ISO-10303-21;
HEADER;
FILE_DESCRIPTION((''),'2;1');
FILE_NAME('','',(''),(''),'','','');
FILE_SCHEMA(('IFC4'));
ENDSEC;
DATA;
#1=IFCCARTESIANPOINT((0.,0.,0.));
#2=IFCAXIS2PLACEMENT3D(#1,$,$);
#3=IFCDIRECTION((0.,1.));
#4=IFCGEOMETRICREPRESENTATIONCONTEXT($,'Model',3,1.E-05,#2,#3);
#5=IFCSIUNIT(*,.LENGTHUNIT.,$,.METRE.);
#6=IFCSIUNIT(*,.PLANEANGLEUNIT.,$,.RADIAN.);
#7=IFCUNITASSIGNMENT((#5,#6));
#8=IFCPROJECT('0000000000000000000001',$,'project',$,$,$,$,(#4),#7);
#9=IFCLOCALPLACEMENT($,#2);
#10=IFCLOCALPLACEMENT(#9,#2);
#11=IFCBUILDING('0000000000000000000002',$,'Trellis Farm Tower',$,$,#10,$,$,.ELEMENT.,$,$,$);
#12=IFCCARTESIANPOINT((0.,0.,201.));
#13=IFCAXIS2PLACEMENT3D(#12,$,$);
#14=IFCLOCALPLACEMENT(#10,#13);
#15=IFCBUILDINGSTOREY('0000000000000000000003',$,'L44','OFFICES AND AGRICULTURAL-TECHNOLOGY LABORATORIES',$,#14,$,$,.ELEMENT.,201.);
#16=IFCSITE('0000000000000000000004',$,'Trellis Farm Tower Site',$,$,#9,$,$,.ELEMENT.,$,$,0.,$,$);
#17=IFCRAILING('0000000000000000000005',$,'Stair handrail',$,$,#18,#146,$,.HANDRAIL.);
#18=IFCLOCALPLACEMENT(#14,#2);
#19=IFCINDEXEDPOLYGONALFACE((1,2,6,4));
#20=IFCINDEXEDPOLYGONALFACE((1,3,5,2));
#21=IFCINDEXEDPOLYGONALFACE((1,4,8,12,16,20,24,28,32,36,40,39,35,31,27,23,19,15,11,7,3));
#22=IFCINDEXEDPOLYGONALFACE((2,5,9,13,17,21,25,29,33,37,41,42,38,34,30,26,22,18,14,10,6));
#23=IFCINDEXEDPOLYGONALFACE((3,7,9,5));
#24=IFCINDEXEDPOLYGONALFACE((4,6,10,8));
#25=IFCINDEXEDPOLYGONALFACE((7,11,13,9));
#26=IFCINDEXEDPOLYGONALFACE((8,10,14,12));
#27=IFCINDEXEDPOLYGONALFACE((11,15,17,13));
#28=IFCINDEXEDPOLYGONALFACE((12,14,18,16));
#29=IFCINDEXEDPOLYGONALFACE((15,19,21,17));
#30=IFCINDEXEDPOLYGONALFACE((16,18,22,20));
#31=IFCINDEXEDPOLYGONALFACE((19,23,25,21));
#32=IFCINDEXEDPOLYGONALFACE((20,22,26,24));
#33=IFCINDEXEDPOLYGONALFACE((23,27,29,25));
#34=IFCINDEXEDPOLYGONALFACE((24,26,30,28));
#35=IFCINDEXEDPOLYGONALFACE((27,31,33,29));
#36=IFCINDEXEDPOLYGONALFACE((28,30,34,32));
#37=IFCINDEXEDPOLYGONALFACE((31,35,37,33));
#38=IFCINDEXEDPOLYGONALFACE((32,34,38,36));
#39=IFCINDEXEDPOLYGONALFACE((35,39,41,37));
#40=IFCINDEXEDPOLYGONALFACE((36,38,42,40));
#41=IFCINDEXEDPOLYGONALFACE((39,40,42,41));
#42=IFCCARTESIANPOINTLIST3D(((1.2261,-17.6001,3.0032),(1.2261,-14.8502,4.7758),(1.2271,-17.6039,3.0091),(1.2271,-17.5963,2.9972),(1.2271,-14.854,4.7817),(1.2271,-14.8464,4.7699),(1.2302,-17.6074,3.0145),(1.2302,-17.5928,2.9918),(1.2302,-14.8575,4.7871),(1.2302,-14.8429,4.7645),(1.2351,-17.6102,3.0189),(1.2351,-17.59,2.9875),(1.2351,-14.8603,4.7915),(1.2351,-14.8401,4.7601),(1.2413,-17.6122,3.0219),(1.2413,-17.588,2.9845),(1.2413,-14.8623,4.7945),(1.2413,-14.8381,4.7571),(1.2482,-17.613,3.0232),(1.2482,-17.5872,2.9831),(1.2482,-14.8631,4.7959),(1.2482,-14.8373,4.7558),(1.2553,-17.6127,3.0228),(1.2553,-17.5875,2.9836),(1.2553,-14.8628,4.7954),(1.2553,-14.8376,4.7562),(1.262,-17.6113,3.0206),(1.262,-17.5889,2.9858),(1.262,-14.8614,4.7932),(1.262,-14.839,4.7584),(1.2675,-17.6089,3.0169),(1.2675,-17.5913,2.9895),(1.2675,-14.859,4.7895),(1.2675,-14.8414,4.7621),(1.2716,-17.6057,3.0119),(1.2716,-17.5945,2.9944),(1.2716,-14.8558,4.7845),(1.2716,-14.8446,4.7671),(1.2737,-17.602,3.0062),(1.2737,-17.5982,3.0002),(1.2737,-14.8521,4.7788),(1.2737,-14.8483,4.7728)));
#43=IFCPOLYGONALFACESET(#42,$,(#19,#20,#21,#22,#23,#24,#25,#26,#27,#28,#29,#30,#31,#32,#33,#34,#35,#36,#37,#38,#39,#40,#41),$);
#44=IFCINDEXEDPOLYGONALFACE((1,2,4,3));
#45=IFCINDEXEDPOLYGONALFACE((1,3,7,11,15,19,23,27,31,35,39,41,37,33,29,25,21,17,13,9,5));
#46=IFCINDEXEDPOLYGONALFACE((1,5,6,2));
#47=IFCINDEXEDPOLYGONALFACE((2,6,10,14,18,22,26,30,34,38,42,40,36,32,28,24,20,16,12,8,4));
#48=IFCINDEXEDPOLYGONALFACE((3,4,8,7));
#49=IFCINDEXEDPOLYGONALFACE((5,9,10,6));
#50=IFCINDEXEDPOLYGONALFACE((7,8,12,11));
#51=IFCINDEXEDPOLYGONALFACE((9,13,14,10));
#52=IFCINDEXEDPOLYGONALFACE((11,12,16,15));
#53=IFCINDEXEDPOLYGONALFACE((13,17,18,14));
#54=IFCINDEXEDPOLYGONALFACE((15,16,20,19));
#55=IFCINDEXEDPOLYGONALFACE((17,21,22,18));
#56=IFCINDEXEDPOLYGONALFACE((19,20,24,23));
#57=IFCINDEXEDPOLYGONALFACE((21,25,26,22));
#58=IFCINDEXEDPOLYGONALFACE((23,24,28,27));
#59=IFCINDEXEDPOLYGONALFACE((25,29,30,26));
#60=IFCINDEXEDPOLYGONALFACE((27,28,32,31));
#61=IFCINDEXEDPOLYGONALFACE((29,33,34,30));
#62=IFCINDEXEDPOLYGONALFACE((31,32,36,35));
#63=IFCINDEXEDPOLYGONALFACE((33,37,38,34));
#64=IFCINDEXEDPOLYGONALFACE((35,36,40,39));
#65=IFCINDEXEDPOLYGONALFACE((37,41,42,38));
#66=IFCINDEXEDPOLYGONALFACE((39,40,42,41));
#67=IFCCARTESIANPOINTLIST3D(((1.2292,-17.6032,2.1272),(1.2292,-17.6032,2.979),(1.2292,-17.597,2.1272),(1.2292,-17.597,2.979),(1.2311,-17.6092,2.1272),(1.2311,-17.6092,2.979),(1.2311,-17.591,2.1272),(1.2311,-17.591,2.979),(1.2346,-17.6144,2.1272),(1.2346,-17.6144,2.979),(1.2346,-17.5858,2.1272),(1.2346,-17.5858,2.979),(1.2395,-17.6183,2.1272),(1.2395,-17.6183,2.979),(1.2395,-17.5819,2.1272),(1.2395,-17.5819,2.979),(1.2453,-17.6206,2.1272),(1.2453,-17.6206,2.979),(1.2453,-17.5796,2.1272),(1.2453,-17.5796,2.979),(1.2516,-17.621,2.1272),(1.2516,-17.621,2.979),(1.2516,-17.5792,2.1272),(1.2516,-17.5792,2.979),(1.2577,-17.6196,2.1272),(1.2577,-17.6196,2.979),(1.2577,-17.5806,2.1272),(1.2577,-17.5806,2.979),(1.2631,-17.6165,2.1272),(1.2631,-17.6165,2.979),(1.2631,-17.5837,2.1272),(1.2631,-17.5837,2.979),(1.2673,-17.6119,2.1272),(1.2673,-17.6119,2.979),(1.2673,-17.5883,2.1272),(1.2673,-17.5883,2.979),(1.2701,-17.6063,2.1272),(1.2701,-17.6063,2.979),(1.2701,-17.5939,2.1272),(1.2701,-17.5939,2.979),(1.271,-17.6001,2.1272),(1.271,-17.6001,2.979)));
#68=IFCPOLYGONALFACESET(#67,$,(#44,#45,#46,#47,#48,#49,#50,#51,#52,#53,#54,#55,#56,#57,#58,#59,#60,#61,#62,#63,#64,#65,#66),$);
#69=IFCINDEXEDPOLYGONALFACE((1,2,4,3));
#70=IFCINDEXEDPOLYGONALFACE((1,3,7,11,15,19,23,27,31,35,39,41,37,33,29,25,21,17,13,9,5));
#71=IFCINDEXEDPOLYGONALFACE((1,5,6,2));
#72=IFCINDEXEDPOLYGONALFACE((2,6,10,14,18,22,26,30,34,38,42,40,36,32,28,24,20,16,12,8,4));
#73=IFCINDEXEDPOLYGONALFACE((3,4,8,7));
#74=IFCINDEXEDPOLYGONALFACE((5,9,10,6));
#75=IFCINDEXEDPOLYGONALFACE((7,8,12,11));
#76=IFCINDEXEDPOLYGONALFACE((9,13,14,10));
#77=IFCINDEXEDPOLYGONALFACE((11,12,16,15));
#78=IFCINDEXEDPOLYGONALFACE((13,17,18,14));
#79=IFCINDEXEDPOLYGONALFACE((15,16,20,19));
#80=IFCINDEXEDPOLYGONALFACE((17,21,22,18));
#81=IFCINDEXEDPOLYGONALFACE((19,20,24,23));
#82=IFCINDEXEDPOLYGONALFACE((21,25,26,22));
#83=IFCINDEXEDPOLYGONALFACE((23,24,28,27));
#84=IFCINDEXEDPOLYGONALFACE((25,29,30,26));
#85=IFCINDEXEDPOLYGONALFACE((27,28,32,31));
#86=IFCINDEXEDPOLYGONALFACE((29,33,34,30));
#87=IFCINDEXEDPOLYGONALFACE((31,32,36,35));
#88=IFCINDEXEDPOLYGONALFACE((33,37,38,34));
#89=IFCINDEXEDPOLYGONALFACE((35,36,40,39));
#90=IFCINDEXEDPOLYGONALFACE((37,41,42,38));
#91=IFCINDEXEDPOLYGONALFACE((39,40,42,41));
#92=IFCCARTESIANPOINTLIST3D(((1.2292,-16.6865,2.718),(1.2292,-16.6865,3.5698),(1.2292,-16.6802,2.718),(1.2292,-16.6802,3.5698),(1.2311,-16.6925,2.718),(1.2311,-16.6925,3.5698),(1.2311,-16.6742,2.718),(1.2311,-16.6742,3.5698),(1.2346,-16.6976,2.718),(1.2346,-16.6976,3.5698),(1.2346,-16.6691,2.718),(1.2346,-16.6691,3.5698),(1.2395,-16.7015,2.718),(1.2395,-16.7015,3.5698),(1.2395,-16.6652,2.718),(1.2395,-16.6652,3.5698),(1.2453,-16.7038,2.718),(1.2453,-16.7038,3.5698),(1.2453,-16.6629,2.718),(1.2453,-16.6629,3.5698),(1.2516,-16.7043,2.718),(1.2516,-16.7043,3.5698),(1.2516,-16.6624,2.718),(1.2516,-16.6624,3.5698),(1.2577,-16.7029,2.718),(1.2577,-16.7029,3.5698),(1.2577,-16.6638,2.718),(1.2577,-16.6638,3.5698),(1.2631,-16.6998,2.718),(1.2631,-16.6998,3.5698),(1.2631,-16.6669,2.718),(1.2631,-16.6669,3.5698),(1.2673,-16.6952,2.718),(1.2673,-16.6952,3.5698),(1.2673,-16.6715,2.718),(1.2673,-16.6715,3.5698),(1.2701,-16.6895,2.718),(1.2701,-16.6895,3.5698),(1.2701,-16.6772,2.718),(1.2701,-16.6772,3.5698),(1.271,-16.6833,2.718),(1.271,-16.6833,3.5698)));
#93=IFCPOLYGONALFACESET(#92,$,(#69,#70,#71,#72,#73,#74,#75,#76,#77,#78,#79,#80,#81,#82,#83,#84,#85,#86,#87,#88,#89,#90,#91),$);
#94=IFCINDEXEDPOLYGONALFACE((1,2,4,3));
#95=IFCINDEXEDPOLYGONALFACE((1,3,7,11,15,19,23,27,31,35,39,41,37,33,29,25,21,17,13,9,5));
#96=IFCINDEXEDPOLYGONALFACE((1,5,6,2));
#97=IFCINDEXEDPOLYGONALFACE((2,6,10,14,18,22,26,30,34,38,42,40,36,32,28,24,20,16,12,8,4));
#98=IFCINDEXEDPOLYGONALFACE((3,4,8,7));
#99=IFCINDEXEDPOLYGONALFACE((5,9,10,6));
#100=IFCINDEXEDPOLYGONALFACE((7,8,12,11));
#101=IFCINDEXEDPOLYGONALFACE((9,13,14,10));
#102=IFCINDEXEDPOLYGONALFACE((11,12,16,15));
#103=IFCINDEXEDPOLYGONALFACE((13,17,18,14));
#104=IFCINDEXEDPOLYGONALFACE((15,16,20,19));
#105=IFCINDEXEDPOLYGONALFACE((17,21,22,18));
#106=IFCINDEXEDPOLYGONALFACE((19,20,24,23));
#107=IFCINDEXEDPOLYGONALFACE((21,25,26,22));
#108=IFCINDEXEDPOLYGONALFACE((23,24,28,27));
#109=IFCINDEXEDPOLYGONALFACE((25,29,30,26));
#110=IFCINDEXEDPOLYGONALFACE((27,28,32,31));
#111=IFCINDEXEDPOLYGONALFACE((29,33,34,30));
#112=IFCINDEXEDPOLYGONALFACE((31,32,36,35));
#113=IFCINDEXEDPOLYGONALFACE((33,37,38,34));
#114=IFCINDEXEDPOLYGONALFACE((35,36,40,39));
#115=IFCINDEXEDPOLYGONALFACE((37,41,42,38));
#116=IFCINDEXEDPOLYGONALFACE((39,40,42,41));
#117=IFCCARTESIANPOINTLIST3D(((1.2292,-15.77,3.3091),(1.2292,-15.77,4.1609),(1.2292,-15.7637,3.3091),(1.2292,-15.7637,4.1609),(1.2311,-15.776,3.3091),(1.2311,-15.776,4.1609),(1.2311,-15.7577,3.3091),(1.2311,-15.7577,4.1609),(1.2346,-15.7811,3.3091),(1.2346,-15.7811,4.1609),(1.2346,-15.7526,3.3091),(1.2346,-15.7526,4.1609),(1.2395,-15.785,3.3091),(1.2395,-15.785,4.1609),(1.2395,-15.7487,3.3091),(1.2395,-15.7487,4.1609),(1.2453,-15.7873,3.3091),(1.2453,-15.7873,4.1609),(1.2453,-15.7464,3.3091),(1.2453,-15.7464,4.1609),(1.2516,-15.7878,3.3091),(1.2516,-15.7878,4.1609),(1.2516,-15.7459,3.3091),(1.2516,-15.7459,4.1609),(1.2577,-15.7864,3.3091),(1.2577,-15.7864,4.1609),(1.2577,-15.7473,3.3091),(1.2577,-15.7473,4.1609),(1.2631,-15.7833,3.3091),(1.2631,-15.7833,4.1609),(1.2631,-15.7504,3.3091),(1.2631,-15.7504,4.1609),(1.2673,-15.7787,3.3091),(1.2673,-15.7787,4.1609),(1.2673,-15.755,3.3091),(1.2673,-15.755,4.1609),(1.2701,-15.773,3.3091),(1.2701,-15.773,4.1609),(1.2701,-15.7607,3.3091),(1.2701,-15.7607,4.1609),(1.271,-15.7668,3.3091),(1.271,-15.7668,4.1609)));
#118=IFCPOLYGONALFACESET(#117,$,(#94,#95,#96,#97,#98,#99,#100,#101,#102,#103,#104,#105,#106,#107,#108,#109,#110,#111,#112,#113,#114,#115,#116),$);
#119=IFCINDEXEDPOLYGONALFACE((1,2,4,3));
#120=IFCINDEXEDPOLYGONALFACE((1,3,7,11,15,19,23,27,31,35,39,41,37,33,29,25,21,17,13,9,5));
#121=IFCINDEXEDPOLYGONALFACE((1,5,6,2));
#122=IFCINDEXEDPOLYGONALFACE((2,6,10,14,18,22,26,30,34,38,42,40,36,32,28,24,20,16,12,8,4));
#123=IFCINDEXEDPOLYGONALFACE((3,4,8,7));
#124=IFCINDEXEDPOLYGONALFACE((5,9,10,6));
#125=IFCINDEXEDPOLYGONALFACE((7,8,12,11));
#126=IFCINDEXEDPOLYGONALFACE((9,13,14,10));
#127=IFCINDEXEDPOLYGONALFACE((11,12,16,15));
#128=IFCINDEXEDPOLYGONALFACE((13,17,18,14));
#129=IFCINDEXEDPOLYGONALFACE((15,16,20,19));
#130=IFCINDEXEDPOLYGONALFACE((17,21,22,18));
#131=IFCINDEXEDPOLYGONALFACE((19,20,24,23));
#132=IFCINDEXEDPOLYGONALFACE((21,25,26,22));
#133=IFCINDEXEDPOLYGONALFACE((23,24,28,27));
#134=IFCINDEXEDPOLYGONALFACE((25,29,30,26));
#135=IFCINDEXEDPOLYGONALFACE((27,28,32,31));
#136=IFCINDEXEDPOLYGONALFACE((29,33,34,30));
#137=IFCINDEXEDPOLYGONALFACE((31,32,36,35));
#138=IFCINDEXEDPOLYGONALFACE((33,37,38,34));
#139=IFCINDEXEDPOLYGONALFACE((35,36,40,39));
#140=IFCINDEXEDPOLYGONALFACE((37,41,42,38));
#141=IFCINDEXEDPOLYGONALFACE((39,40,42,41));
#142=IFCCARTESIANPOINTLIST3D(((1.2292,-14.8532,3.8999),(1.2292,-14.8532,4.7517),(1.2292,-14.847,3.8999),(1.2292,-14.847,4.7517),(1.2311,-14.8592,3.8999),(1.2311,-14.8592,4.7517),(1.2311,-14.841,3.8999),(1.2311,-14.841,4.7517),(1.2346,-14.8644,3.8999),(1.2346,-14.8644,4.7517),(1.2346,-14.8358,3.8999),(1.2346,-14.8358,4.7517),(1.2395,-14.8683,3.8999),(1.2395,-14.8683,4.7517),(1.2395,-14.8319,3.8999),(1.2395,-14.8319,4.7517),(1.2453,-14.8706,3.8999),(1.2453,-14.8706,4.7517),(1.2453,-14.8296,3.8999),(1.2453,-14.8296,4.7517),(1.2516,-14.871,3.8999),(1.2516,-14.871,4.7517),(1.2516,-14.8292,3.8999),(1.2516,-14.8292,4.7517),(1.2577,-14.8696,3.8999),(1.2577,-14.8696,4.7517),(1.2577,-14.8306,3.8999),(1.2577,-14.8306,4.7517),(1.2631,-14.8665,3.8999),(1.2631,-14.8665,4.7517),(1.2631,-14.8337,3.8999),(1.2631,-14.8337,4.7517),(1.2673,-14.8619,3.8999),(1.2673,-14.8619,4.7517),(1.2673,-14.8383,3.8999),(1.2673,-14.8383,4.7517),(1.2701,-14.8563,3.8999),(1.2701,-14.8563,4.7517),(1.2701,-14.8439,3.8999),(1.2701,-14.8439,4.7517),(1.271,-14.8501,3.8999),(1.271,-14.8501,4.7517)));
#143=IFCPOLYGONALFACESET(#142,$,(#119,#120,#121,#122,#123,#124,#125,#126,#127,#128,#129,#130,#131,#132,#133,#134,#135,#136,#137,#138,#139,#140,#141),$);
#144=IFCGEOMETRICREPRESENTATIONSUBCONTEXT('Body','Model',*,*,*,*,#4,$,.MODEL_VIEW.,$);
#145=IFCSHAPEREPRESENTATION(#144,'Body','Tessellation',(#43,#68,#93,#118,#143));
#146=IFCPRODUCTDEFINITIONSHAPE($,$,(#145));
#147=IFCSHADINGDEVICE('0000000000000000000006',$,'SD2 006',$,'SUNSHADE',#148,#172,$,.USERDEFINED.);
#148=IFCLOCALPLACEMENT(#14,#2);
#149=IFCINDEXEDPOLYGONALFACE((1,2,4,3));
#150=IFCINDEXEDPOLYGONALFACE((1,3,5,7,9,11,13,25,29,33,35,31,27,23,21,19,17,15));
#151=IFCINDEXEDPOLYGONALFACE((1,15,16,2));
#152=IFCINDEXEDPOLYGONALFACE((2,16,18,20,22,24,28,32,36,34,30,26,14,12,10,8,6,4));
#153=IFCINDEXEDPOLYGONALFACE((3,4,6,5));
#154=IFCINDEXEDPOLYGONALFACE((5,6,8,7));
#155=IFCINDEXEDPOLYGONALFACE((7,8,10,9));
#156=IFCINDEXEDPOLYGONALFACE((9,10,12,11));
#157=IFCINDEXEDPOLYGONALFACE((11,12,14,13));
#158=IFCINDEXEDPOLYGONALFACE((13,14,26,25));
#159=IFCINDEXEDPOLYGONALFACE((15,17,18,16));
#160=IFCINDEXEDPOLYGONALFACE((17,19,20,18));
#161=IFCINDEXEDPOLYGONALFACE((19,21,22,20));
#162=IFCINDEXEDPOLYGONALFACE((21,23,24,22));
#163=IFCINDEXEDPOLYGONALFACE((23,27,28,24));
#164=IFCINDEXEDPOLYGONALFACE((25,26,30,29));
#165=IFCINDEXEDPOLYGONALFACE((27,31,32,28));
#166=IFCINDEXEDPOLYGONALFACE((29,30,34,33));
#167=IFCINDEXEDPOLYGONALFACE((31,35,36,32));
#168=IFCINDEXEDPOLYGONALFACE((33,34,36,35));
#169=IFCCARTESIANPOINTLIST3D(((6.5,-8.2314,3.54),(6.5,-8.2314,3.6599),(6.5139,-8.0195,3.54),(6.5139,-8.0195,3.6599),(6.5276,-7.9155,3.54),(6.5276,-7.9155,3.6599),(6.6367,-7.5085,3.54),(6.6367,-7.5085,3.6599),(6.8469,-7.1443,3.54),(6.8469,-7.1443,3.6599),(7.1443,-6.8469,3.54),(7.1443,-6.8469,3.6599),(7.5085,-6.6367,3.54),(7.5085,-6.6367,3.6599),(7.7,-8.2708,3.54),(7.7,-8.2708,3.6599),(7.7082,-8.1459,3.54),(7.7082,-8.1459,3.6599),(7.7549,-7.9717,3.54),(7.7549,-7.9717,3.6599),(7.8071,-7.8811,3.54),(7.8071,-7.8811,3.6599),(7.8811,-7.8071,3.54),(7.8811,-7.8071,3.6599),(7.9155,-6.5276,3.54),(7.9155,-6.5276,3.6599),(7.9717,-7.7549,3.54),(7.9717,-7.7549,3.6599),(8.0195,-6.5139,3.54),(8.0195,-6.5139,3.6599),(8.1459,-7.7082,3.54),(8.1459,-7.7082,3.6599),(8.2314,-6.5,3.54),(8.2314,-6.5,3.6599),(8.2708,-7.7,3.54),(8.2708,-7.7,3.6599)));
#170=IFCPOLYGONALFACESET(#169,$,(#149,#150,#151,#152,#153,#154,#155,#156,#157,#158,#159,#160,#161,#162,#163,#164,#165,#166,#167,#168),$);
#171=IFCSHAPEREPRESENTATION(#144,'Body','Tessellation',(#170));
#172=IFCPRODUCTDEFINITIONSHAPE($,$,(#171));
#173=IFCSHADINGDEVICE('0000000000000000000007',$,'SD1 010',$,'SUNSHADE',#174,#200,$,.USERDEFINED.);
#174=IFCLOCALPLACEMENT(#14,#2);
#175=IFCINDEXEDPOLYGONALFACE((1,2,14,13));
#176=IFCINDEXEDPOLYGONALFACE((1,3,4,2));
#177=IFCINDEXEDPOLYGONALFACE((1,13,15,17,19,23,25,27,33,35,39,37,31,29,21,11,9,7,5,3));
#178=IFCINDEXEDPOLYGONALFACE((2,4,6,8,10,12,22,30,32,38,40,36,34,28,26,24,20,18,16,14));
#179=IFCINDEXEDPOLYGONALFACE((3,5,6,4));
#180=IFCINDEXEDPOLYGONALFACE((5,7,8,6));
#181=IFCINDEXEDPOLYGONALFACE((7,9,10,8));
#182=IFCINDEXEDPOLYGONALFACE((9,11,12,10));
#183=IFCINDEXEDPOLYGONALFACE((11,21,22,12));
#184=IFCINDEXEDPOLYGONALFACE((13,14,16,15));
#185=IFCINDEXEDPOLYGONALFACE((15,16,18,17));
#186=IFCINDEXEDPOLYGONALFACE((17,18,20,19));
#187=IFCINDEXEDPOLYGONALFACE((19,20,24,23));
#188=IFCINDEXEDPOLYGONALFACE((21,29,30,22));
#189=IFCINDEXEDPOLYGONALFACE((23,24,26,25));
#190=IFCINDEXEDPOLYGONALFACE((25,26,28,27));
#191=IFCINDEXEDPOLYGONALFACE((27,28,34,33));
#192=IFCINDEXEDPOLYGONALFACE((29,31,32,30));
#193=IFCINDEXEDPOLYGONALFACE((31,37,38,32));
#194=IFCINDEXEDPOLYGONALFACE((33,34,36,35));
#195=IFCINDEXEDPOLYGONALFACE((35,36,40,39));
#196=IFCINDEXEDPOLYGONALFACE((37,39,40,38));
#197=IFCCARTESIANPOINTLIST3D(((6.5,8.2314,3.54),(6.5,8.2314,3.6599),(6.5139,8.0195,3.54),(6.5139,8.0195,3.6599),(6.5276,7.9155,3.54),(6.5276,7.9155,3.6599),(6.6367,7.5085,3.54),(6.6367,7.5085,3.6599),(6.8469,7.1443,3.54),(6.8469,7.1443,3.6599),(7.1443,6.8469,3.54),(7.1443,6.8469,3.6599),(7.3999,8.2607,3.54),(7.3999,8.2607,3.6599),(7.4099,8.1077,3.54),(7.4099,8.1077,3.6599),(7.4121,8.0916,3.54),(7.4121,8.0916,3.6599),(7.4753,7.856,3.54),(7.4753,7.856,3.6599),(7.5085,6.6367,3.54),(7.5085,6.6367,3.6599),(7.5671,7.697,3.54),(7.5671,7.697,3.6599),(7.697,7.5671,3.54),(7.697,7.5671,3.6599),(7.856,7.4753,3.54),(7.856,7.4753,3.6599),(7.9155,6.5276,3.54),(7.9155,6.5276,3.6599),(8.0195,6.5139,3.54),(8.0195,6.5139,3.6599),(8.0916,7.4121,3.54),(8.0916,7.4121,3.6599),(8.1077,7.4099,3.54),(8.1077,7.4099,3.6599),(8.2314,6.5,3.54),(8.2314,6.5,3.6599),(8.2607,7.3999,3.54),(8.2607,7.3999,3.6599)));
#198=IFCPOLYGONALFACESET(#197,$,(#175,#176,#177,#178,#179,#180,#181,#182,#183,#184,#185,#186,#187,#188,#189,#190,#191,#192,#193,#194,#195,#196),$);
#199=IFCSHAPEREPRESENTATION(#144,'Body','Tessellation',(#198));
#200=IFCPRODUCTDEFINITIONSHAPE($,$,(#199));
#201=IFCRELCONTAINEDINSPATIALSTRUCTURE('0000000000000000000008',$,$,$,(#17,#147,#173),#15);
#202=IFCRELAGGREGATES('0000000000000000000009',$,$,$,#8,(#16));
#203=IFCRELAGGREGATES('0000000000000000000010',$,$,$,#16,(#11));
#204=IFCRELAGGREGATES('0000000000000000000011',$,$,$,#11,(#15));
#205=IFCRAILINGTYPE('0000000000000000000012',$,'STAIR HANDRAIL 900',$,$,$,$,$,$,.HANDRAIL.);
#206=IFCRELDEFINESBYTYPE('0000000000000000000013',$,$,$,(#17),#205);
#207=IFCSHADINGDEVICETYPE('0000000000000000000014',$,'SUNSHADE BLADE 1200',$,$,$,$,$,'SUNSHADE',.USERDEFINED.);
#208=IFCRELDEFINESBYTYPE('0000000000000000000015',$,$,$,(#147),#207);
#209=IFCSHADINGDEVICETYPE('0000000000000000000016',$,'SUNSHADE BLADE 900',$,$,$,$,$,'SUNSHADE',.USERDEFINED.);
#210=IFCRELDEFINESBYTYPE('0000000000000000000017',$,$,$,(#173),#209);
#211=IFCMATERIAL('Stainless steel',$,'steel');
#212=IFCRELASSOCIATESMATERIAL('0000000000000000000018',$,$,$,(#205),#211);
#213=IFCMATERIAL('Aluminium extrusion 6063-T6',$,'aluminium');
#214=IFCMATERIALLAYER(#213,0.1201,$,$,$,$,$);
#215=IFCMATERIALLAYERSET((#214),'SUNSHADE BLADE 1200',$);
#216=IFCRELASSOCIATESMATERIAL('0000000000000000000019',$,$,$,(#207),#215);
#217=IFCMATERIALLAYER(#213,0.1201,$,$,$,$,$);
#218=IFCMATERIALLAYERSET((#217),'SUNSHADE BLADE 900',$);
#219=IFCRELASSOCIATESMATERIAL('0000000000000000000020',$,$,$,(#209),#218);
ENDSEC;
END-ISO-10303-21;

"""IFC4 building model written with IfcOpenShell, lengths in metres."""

from ifc_helpers import new_model, si_unit, direction, frame, origin, origin_2d, place, context, subcontext, project, spatial, polyline, circle, outline, extrude, source, transform, mapped, material, layer, layer_set, type_object, element, save


model = new_model("IFC4")

# Units and contexts
model_context = context("Model", 3, precision=1e-05, world=origin(), true_north=direction((0.0, 1.0)))
body_context = subcontext(model_context, "Body", "Model", "MODEL_VIEW")
ifc_project = project(units=[si_unit("LENGTHUNIT", "METRE"), si_unit("PLANEANGLEUNIT", "RADIAN")], contexts=[model_context])

# Site, building, storey
site_placement = place(None, origin())
site = spatial("IfcSite", under=ifc_project, at=site_placement, Name="Trellis Farm Tower Site", CompositionType="ELEMENT", RefElevation=0.0)
building_placement = place(site_placement, origin())
building = spatial("IfcBuilding", under=site, at=building_placement, Name="Trellis Farm Tower", CompositionType="ELEMENT")
storey_placement = place(building_placement, frame((0.0, 0.0, 201.0)))
storey = spatial("IfcBuildingStorey", under=building, at=storey_placement, Name="L44", Description="OFFICES AND AGRICULTURAL-TECHNOLOGY LABORATORIES", CompositionType="ELEMENT", Elevation=201.0)

# Shared definitions
ifc_material_1 = material(Name="Aluminium extrusion 6063-T6", Category="aluminium")

# Railing
ifc_material_2 = material(Name="Stainless steel", Category="steel")
railing_type = type_object("IfcRailingType", Name="STAIR HANDRAIL 900", PredefinedType="HANDRAIL", material=ifc_material_2)
shared_shape_1 = source(origin(), body_context, "Body", "SweptSolid", [
    extrude(circle(Radius=0.0239, at=origin_2d()), frame((0.0, 0.0, 0.876), z_axis=(0.0, 0.840504, 0.541806), x_axis=(-1.0, 0.0, 0.0)), (0.0, 0.0, 1.0), 3.2717),
    extrude(circle(Radius=0.021, at=origin_2d()), origin(), (0.0, 0.0, 1.0), 0.8518),
    extrude(circle(Radius=0.021, at=origin_2d()), frame((0.0, 0.9167, 0.5908)), (0.0, 0.0, 1.0), 0.8518),
    extrude(circle(Radius=0.021, at=origin_2d()), frame((0.0, 1.8333, 1.1819)), (0.0, 0.0, 1.0), 0.8518),
    extrude(circle(Radius=0.021, at=origin_2d()), frame((0.0, 2.75, 1.7727)), (0.0, 0.0, 1.0), 0.8518),
])
railing_placement = place(storey_placement, frame((1.25, -17.6001, 2.1272)))
element("IfcRailing", 1, at=railing_placement, inside=storey, type_object=railing_type, Name="Stair handrail", PredefinedType="HANDRAIL", context=body_context, shape_type="MappedRepresentation", body=[
    mapped(shared_shape_1, transform((0.0, 0.0, 0.0))),
])

# Shading devices
ifc_layer_1 = layer(ifc_material_1, 0.1201)
ifc_layer_set_1 = layer_set([ifc_layer_1], Name="SUNSHADE BLADE 1200")
shading_device_type_1 = type_object("IfcShadingDeviceType", Name="SUNSHADE BLADE 1200", ElementType="SUNSHADE", PredefinedType="USERDEFINED", material=ifc_layer_set_1)
shared_shape_2 = source(origin(), body_context, "Body", "SweptSolid", [
    extrude(outline(polyline([(7.7, -8.2708), (7.7087, -8.1372), (7.707, -8.1501), (7.7549, -7.9717), (7.8071, -7.8811), (7.8811, -7.8071), (7.9717, -7.7549), (8.1501, -7.707), (8.1372, -7.7087), (8.2708, -7.7), (8.2314, -6.5), (8.0195, -6.5139), (7.9155, -6.5276), (7.5085, -6.6367), (7.1443, -6.8469), (6.8469, -7.1443), (6.6367, -7.5085), (6.5276, -7.9155), (6.5139, -8.0195), (6.5, -8.2314), (7.7, -8.2708)])), origin(), (0.0, 0.0, 1.0), 0.1199),
])
placement_1 = place(storey_placement, frame((0.0, 0.0, 3.54)))
element("IfcShadingDevice", 2, at=placement_1, inside=storey, type_object=shading_device_type_1, Name="SD2 006", ObjectType="SUNSHADE", PredefinedType="USERDEFINED", context=body_context, shape_type="MappedRepresentation", body=[
    mapped(shared_shape_2, transform((0.0, 0.0, 0.0))),
])
ifc_layer_2 = layer(ifc_material_1, 0.1201)
ifc_layer_set_2 = layer_set([ifc_layer_2], Name="SUNSHADE BLADE 900")
shading_device_type_2 = type_object("IfcShadingDeviceType", Name="SUNSHADE BLADE 900", ElementType="SUNSHADE", PredefinedType="USERDEFINED", material=ifc_layer_set_2)
shared_shape_3 = source(origin(), body_context, "Body", "SweptSolid", [
    extrude(outline(polyline([(8.2607, 7.3999), (8.1077, 7.4099), (8.0916, 7.4121), (7.856, 7.4753), (7.697, 7.5671), (7.5671, 7.697), (7.4753, 7.856), (7.4121, 8.0916), (7.4099, 8.1077), (7.3999, 8.2607), (6.5, 8.2314), (6.5139, 8.0195), (6.5276, 7.9155), (6.6367, 7.5085), (6.8469, 7.1443), (7.1443, 6.8469), (7.5085, 6.6367), (7.9155, 6.5276), (8.0195, 6.5139), (8.2314, 6.5), (8.2607, 7.3999)])), origin(), (0.0, 0.0, 1.0), 0.1199),
])
element("IfcShadingDevice", 3, at=placement_1, inside=storey, type_object=shading_device_type_2, Name="SD1 010", ObjectType="SUNSHADE", PredefinedType="USERDEFINED", context=body_context, shape_type="MappedRepresentation", body=[
    mapped(shared_shape_3, transform((0.0, 0.0, 0.0))),
])

save(model, "model.ifc")
